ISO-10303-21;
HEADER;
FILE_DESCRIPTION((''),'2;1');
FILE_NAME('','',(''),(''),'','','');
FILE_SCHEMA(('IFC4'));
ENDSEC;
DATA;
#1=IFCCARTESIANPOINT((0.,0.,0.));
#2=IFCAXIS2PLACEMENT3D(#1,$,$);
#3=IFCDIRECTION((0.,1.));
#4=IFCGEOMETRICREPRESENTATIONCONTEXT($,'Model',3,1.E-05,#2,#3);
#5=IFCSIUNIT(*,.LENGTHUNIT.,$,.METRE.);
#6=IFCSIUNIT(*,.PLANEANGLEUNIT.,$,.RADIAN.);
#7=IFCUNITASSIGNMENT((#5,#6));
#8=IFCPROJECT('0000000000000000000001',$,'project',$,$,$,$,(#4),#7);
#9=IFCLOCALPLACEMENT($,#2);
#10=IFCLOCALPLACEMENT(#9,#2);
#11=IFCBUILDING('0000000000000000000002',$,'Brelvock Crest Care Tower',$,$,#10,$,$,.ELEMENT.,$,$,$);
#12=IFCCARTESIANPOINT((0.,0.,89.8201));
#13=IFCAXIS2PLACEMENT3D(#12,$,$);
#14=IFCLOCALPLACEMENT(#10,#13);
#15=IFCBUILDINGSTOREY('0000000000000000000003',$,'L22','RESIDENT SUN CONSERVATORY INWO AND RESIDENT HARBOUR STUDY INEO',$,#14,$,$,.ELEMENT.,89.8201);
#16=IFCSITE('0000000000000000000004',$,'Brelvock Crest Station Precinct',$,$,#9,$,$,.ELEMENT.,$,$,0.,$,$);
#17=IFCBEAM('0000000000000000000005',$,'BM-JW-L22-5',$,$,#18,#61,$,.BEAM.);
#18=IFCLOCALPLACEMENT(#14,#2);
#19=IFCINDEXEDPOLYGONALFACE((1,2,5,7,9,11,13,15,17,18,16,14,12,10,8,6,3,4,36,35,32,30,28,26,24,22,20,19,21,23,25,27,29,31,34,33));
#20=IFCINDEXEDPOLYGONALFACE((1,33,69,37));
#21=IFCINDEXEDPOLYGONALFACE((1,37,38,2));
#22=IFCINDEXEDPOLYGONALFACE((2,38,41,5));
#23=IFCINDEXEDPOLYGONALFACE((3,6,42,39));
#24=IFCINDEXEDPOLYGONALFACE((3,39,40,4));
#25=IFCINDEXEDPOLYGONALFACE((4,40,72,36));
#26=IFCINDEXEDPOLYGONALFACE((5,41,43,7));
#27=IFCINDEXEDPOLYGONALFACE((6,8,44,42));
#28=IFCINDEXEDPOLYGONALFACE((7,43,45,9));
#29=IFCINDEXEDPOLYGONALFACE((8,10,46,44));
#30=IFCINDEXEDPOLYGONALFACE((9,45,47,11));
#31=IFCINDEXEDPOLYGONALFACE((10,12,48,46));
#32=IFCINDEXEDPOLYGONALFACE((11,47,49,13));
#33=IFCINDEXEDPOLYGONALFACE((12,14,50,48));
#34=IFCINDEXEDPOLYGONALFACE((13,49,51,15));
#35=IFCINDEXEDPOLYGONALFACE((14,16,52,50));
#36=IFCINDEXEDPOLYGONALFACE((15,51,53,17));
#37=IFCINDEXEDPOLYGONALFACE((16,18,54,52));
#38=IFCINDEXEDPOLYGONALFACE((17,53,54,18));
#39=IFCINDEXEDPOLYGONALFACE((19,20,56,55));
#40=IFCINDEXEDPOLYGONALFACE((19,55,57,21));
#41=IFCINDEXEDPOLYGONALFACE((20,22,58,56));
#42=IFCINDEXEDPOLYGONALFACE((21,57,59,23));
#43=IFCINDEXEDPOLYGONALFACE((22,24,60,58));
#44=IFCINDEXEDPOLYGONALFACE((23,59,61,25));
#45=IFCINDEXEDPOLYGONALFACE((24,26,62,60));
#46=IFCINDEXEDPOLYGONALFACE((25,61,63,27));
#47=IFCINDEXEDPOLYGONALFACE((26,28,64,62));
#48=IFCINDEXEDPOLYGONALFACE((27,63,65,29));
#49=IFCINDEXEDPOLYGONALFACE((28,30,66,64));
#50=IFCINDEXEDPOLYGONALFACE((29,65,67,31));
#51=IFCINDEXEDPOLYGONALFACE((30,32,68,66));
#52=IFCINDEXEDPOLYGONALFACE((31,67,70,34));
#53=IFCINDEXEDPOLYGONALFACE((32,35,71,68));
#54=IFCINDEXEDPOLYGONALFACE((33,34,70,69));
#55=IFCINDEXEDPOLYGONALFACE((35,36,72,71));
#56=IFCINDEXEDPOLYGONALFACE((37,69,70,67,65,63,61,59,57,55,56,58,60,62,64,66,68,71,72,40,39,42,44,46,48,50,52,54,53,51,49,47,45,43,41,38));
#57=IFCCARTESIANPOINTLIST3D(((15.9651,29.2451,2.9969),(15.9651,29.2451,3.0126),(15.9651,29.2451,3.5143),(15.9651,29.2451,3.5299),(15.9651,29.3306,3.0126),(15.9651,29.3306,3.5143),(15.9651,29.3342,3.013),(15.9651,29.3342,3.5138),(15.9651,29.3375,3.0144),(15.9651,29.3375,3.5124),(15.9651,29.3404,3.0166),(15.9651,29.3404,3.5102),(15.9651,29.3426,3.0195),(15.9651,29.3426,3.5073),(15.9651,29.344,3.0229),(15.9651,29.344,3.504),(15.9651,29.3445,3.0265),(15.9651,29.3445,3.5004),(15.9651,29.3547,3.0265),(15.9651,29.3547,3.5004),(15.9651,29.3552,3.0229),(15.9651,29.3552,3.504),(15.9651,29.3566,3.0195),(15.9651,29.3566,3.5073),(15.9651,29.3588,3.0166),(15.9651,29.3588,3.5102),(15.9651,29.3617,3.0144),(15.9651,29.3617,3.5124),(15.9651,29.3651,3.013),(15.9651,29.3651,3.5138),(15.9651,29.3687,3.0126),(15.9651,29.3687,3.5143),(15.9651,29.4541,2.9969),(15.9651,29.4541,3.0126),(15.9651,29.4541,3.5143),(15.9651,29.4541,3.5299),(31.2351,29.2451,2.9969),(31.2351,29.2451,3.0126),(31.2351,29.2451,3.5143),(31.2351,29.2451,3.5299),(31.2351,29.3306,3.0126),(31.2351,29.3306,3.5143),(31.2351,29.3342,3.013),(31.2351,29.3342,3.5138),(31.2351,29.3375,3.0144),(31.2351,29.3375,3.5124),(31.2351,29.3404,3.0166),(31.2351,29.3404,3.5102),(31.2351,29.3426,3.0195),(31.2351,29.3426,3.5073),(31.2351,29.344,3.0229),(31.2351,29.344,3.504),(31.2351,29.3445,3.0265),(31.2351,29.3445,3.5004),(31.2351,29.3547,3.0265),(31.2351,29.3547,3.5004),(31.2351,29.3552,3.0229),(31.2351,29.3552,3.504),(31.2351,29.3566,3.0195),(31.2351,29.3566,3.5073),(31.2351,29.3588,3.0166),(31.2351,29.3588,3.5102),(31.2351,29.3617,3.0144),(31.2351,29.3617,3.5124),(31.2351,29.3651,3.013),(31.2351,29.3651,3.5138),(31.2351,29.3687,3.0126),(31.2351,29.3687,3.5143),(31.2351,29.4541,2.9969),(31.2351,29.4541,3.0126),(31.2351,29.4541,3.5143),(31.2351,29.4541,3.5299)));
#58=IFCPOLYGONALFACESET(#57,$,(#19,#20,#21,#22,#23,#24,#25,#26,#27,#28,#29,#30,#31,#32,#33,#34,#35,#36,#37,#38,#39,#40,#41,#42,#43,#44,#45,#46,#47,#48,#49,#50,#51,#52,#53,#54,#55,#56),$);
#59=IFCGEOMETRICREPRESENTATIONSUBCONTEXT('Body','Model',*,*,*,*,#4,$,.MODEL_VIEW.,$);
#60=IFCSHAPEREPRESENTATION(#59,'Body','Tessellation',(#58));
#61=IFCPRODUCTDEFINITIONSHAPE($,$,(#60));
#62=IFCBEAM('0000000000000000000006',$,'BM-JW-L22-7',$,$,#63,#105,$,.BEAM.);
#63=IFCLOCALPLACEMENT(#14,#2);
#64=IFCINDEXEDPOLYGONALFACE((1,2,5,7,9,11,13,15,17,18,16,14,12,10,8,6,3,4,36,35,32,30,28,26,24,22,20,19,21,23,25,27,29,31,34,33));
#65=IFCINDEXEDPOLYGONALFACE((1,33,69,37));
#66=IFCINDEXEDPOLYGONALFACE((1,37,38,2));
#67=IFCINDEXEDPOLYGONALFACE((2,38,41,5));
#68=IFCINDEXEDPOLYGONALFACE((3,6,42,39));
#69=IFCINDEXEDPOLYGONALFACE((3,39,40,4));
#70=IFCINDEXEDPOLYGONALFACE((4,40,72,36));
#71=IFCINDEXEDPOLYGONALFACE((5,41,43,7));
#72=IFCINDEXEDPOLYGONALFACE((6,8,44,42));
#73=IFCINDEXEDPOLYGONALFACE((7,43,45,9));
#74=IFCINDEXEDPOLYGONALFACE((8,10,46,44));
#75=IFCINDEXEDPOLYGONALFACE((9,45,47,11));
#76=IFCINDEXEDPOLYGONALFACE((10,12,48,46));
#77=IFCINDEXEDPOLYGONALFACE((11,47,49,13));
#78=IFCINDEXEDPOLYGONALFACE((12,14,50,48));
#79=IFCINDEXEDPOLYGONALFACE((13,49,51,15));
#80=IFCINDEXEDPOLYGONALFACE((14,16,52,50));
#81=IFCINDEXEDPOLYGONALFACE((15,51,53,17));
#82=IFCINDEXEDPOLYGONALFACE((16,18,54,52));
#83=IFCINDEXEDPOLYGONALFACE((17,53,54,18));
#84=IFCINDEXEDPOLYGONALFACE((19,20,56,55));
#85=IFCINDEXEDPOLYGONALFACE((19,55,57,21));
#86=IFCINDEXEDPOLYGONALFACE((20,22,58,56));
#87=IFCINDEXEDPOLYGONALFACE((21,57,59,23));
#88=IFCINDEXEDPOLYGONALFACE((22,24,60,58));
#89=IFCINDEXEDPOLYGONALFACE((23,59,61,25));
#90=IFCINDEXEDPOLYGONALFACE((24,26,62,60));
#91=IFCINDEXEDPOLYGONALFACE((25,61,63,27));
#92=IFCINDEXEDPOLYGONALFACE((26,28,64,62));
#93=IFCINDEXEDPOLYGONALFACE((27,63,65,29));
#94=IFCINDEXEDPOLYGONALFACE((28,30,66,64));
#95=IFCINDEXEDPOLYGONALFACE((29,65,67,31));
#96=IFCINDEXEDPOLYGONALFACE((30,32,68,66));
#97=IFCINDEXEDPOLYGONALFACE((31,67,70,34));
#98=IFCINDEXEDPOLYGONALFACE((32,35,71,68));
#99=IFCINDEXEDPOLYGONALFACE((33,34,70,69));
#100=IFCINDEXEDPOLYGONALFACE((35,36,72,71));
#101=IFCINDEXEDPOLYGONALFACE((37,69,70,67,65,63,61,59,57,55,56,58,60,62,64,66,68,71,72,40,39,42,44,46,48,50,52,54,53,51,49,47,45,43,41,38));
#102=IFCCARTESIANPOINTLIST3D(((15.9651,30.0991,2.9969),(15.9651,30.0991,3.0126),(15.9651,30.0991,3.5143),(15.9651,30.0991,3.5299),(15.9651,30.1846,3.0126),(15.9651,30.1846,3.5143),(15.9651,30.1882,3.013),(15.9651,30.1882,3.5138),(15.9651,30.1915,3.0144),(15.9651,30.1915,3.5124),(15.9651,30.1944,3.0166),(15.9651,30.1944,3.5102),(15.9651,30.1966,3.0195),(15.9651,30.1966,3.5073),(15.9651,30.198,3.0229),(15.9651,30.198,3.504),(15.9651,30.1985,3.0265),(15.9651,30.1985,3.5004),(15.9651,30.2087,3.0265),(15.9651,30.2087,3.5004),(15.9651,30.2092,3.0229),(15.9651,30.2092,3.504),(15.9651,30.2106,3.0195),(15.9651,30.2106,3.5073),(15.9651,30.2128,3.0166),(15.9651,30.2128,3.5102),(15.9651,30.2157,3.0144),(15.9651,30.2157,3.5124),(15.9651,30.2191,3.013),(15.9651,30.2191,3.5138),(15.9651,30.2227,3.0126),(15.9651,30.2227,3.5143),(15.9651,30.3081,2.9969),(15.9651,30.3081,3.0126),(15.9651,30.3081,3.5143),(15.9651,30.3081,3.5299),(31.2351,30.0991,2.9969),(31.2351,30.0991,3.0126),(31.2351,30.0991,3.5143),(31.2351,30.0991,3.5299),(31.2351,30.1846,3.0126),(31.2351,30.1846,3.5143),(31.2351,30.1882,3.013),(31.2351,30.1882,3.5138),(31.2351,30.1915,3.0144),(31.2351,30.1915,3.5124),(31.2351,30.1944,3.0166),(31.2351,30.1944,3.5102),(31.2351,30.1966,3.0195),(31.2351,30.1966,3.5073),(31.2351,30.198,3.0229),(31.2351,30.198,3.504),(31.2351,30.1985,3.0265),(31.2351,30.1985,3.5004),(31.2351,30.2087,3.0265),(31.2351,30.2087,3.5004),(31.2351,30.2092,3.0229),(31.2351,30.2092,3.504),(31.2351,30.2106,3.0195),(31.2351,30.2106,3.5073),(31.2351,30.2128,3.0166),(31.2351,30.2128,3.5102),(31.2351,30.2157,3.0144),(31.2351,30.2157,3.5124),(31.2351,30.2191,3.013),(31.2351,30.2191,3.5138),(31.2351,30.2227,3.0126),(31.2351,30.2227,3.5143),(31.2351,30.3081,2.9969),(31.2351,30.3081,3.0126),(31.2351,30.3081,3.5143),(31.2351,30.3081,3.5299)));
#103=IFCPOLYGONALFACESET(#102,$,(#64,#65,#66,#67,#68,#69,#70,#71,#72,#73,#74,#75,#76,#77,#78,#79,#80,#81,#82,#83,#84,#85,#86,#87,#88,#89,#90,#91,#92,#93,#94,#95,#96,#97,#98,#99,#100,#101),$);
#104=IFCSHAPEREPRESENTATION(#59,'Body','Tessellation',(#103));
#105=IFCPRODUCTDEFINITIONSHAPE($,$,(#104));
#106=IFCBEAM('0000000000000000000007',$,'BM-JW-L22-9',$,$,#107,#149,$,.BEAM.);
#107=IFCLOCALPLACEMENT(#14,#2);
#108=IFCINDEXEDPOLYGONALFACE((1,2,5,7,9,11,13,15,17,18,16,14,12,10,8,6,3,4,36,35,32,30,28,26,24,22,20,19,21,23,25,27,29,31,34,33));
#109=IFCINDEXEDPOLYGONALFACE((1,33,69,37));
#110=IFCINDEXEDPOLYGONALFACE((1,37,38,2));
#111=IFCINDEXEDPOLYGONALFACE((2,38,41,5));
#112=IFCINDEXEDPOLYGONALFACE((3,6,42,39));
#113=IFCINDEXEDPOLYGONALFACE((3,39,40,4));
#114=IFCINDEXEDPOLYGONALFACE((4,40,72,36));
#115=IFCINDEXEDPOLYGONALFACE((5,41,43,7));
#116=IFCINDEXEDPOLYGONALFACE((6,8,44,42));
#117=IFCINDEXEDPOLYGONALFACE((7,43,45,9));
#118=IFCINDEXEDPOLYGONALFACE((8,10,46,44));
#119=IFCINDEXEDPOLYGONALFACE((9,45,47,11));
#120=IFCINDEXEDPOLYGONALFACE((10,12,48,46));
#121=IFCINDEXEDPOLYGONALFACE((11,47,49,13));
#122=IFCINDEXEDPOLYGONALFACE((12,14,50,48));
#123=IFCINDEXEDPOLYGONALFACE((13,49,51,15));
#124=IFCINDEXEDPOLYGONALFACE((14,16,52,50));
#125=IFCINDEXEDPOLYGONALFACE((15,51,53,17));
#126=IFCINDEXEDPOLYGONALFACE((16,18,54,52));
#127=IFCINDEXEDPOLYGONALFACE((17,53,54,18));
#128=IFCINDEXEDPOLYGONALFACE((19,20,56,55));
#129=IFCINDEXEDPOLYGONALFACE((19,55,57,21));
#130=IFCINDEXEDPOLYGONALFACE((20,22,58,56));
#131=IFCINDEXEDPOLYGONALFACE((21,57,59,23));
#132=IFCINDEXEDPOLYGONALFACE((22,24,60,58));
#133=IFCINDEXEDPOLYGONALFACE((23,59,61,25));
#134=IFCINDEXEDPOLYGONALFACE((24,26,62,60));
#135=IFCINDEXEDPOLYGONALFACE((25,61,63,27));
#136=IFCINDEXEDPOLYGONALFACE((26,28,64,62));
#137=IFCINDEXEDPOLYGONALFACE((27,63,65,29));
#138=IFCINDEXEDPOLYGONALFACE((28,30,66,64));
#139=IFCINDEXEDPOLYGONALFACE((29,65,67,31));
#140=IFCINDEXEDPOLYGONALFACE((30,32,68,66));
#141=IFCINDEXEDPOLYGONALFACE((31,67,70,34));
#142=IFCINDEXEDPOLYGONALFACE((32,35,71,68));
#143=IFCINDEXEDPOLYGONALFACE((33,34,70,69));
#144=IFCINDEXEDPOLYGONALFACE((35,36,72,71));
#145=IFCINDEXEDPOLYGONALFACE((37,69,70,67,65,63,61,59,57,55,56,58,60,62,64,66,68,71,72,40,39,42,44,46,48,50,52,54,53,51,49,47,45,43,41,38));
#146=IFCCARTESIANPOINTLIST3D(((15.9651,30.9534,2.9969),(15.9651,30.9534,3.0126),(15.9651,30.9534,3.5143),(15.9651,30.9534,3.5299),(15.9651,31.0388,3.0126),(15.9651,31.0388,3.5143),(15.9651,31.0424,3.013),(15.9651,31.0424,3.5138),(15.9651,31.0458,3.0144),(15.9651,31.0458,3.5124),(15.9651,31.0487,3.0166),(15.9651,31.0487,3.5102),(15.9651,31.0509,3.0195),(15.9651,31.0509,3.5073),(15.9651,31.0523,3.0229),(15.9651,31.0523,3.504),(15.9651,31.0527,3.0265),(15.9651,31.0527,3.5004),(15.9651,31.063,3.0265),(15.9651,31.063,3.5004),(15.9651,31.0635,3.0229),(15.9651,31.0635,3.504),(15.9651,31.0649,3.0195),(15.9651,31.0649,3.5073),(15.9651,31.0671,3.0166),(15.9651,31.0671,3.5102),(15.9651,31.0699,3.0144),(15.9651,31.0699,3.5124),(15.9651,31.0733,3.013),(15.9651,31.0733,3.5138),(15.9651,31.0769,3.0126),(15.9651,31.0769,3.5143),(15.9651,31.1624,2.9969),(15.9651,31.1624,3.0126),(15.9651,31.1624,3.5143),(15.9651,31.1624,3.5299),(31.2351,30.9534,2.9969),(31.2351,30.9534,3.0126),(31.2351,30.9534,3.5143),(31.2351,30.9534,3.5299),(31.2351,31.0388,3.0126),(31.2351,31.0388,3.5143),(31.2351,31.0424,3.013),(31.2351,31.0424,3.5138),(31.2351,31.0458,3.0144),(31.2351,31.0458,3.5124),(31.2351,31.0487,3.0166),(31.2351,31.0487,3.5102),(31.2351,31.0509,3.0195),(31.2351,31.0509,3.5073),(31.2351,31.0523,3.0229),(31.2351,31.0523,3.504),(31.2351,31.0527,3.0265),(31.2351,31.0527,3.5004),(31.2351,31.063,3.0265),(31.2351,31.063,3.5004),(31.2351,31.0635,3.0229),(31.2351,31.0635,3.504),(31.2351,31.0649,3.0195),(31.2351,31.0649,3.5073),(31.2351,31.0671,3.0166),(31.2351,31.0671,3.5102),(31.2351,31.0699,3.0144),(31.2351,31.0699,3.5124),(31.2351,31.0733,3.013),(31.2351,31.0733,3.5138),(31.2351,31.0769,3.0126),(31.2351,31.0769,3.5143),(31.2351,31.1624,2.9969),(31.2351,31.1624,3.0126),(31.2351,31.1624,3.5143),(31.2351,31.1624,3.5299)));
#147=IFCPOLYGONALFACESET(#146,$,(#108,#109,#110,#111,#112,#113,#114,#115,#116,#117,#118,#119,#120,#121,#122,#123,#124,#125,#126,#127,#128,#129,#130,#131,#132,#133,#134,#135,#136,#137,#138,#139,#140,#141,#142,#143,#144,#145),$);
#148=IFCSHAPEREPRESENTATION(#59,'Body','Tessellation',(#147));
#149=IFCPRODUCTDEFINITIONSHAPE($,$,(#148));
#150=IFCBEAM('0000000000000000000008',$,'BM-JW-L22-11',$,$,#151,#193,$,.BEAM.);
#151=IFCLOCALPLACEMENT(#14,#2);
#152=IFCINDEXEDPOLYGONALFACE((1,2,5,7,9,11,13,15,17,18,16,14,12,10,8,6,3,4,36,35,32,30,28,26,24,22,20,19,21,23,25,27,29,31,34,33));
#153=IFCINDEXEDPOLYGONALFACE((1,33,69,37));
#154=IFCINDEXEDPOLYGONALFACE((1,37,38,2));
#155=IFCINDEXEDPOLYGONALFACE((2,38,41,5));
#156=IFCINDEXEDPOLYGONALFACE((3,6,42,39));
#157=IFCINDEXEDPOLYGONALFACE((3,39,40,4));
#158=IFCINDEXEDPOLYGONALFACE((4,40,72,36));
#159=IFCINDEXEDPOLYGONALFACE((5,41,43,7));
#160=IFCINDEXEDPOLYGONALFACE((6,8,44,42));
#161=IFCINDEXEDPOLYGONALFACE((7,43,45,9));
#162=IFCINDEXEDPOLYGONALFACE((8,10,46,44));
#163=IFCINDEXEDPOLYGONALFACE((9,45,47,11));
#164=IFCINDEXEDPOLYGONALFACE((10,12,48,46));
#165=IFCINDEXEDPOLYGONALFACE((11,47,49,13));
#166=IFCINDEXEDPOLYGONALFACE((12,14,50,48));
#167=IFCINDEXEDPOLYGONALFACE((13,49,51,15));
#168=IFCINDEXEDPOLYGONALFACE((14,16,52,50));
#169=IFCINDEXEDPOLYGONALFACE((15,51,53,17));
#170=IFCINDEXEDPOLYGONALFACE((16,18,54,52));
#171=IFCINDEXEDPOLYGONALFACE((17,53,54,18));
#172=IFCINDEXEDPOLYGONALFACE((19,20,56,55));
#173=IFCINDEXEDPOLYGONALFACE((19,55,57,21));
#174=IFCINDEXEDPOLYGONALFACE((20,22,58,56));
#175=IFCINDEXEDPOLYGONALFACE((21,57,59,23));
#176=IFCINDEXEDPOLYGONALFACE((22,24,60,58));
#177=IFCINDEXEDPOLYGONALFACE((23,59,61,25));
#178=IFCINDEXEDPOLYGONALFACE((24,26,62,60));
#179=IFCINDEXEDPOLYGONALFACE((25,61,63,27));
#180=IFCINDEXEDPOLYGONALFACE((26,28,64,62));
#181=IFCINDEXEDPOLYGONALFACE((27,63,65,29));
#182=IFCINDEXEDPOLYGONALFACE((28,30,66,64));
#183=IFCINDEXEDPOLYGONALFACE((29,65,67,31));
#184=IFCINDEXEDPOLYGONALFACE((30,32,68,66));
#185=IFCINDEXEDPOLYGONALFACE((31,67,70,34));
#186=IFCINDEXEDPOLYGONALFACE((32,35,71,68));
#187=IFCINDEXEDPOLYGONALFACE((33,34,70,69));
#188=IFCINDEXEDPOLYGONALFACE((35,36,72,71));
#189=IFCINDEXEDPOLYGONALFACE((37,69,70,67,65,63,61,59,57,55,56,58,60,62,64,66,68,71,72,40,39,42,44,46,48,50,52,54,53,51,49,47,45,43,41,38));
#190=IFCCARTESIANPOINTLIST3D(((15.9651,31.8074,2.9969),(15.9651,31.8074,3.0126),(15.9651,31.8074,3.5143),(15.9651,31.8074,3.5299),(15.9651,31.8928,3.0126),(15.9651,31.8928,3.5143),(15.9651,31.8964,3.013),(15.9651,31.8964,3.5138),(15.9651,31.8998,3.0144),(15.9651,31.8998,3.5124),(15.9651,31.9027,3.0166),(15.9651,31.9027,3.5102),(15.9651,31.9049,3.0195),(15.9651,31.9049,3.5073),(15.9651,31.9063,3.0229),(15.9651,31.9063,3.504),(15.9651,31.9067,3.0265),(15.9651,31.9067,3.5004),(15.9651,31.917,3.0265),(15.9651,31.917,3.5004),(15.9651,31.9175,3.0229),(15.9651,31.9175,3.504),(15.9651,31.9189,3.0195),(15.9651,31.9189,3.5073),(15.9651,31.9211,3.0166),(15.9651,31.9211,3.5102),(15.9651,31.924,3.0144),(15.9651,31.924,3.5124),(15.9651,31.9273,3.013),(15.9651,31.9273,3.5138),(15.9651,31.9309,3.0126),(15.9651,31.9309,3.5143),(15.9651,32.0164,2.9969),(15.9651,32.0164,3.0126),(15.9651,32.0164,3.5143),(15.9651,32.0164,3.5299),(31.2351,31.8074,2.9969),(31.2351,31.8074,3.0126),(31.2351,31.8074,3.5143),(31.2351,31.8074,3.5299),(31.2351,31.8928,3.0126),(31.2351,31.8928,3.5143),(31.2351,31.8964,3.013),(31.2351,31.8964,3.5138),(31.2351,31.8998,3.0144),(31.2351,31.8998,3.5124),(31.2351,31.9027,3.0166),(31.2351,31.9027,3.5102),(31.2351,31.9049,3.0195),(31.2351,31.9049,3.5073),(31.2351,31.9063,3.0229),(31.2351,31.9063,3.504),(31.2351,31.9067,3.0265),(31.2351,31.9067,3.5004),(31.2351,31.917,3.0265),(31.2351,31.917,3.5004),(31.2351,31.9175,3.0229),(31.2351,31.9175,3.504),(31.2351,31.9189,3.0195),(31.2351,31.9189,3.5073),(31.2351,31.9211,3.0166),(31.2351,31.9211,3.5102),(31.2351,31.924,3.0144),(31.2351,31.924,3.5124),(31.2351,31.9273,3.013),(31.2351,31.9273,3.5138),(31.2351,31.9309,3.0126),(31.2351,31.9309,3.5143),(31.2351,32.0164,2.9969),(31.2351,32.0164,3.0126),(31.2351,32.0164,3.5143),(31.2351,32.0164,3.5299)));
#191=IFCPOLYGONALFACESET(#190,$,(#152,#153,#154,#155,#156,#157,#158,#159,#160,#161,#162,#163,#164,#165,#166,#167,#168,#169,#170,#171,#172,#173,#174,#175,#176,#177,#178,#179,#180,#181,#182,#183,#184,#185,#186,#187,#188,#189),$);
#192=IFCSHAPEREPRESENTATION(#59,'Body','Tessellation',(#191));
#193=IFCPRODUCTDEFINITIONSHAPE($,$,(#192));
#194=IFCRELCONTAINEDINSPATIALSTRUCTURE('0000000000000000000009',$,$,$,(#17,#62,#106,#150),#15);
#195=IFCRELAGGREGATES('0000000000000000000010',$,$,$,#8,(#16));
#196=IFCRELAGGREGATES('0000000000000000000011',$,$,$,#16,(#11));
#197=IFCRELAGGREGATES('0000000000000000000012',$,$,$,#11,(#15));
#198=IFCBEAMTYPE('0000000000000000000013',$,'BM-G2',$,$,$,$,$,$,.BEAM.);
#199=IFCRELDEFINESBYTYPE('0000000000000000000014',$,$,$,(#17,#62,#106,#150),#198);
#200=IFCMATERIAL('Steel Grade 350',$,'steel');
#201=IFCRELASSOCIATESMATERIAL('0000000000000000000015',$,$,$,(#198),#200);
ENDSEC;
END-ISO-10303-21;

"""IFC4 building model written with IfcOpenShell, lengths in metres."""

from ifc_helpers import new_model, si_unit, direction, frame, origin, origin_2d, place, context, subcontext, project, spatial, i_section, extrude, source, transform, mapped, material, material_profile, profile_set, type_object, element, save


model = new_model("IFC4")

# Units and contexts
model_context = context("Model", 3, precision=1e-05, world=origin(), true_north=direction((0.0, 1.0)))
body_context = subcontext(model_context, "Body", "Model", "MODEL_VIEW")
ifc_project = project(units=[si_unit("LENGTHUNIT", "METRE"), si_unit("PLANEANGLEUNIT", "RADIAN")], contexts=[model_context])

# Site, building, storey
site_placement = place(None, origin())
site = spatial("IfcSite", under=ifc_project, at=site_placement, Name="Brelvock Crest Station Precinct", CompositionType="ELEMENT", RefElevation=0.0)
building_placement = place(site_placement, origin())
building = spatial("IfcBuilding", under=site, at=building_placement, Name="Brelvock Crest Care Tower", CompositionType="ELEMENT")
storey_placement = place(building_placement, frame((0.0, 0.0, 89.8201)))
storey = spatial("IfcBuildingStorey", under=building, at=storey_placement, Name="L22", Description="RESIDENT SUN CONSERVATORY INWO AND RESIDENT HARBOUR STUDY INEO", CompositionType="ELEMENT", Elevation=89.8201)

# Shared definitions
ifc_material_1 = material(Name="Steel Grade 350", Category="steel")

# Beams
ifc_material_profile_1 = material_profile(ifc_material_1, i_section(OverallWidth=0.209, OverallDepth=0.533, WebThickness=0.0103, FlangeThickness=0.0156, FilletRadius=0.0139, at=origin_2d()), Name="530UB92.4")
ifc_profile_set_1 = profile_set([ifc_material_profile_1], Name="Steel Grade 350")
beam_type_1 = type_object("IfcBeamType", Name="BM-G2", PredefinedType="BEAM", material=ifc_profile_set_1)
shared_shape_1 = source(origin(), body_context, "Body", "SweptSolid", [
    extrude(i_section(OverallWidth=0.209, OverallDepth=0.533, WebThickness=0.0103, FlangeThickness=0.0156, FilletRadius=0.0139, at=origin_2d()), origin(), (0.0, 0.0, 1.0), 15.27),
])
for number, where, z_axis, x_axis, name in (
    (1, (15.9651, 29.3496, 3.2634), (1.0, 0.0, 0.0), (0.0, 1.0, 0.0), "BM-JW-L22-5"),
    (2, (15.9651, 30.2036, 3.2634), (1.0, 0.0, 0.0), (0.0, 1.0, 0.0), "BM-JW-L22-7"),
    (3, (15.9651, 31.0579, 3.2634), (1.0, 0.0, 0.0), (0.0, 1.0, 0.0), "BM-JW-L22-9"),
    (4, (15.9651, 31.9119, 3.2634), (1.0, 0.0, 0.0), (0.0, 1.0, 0.0), "BM-JW-L22-11"),
):
    element("IfcBeam", number, at=place(storey_placement, frame(where, z_axis=z_axis, x_axis=x_axis)), inside=storey, type_object=beam_type_1, Name=name, PredefinedType="BEAM", context=body_context, shape_type="MappedRepresentation", body=[
        mapped(shared_shape_1, transform((0.0, 0.0, 0.0), x_axis=(1.0, 0.0, 0.0), y_axis=(0.0, 1.0, 0.0), z_axis=(0.0, 0.0, 1.0), scale=1.0)),
    ])

save(model, "model.ifc")
